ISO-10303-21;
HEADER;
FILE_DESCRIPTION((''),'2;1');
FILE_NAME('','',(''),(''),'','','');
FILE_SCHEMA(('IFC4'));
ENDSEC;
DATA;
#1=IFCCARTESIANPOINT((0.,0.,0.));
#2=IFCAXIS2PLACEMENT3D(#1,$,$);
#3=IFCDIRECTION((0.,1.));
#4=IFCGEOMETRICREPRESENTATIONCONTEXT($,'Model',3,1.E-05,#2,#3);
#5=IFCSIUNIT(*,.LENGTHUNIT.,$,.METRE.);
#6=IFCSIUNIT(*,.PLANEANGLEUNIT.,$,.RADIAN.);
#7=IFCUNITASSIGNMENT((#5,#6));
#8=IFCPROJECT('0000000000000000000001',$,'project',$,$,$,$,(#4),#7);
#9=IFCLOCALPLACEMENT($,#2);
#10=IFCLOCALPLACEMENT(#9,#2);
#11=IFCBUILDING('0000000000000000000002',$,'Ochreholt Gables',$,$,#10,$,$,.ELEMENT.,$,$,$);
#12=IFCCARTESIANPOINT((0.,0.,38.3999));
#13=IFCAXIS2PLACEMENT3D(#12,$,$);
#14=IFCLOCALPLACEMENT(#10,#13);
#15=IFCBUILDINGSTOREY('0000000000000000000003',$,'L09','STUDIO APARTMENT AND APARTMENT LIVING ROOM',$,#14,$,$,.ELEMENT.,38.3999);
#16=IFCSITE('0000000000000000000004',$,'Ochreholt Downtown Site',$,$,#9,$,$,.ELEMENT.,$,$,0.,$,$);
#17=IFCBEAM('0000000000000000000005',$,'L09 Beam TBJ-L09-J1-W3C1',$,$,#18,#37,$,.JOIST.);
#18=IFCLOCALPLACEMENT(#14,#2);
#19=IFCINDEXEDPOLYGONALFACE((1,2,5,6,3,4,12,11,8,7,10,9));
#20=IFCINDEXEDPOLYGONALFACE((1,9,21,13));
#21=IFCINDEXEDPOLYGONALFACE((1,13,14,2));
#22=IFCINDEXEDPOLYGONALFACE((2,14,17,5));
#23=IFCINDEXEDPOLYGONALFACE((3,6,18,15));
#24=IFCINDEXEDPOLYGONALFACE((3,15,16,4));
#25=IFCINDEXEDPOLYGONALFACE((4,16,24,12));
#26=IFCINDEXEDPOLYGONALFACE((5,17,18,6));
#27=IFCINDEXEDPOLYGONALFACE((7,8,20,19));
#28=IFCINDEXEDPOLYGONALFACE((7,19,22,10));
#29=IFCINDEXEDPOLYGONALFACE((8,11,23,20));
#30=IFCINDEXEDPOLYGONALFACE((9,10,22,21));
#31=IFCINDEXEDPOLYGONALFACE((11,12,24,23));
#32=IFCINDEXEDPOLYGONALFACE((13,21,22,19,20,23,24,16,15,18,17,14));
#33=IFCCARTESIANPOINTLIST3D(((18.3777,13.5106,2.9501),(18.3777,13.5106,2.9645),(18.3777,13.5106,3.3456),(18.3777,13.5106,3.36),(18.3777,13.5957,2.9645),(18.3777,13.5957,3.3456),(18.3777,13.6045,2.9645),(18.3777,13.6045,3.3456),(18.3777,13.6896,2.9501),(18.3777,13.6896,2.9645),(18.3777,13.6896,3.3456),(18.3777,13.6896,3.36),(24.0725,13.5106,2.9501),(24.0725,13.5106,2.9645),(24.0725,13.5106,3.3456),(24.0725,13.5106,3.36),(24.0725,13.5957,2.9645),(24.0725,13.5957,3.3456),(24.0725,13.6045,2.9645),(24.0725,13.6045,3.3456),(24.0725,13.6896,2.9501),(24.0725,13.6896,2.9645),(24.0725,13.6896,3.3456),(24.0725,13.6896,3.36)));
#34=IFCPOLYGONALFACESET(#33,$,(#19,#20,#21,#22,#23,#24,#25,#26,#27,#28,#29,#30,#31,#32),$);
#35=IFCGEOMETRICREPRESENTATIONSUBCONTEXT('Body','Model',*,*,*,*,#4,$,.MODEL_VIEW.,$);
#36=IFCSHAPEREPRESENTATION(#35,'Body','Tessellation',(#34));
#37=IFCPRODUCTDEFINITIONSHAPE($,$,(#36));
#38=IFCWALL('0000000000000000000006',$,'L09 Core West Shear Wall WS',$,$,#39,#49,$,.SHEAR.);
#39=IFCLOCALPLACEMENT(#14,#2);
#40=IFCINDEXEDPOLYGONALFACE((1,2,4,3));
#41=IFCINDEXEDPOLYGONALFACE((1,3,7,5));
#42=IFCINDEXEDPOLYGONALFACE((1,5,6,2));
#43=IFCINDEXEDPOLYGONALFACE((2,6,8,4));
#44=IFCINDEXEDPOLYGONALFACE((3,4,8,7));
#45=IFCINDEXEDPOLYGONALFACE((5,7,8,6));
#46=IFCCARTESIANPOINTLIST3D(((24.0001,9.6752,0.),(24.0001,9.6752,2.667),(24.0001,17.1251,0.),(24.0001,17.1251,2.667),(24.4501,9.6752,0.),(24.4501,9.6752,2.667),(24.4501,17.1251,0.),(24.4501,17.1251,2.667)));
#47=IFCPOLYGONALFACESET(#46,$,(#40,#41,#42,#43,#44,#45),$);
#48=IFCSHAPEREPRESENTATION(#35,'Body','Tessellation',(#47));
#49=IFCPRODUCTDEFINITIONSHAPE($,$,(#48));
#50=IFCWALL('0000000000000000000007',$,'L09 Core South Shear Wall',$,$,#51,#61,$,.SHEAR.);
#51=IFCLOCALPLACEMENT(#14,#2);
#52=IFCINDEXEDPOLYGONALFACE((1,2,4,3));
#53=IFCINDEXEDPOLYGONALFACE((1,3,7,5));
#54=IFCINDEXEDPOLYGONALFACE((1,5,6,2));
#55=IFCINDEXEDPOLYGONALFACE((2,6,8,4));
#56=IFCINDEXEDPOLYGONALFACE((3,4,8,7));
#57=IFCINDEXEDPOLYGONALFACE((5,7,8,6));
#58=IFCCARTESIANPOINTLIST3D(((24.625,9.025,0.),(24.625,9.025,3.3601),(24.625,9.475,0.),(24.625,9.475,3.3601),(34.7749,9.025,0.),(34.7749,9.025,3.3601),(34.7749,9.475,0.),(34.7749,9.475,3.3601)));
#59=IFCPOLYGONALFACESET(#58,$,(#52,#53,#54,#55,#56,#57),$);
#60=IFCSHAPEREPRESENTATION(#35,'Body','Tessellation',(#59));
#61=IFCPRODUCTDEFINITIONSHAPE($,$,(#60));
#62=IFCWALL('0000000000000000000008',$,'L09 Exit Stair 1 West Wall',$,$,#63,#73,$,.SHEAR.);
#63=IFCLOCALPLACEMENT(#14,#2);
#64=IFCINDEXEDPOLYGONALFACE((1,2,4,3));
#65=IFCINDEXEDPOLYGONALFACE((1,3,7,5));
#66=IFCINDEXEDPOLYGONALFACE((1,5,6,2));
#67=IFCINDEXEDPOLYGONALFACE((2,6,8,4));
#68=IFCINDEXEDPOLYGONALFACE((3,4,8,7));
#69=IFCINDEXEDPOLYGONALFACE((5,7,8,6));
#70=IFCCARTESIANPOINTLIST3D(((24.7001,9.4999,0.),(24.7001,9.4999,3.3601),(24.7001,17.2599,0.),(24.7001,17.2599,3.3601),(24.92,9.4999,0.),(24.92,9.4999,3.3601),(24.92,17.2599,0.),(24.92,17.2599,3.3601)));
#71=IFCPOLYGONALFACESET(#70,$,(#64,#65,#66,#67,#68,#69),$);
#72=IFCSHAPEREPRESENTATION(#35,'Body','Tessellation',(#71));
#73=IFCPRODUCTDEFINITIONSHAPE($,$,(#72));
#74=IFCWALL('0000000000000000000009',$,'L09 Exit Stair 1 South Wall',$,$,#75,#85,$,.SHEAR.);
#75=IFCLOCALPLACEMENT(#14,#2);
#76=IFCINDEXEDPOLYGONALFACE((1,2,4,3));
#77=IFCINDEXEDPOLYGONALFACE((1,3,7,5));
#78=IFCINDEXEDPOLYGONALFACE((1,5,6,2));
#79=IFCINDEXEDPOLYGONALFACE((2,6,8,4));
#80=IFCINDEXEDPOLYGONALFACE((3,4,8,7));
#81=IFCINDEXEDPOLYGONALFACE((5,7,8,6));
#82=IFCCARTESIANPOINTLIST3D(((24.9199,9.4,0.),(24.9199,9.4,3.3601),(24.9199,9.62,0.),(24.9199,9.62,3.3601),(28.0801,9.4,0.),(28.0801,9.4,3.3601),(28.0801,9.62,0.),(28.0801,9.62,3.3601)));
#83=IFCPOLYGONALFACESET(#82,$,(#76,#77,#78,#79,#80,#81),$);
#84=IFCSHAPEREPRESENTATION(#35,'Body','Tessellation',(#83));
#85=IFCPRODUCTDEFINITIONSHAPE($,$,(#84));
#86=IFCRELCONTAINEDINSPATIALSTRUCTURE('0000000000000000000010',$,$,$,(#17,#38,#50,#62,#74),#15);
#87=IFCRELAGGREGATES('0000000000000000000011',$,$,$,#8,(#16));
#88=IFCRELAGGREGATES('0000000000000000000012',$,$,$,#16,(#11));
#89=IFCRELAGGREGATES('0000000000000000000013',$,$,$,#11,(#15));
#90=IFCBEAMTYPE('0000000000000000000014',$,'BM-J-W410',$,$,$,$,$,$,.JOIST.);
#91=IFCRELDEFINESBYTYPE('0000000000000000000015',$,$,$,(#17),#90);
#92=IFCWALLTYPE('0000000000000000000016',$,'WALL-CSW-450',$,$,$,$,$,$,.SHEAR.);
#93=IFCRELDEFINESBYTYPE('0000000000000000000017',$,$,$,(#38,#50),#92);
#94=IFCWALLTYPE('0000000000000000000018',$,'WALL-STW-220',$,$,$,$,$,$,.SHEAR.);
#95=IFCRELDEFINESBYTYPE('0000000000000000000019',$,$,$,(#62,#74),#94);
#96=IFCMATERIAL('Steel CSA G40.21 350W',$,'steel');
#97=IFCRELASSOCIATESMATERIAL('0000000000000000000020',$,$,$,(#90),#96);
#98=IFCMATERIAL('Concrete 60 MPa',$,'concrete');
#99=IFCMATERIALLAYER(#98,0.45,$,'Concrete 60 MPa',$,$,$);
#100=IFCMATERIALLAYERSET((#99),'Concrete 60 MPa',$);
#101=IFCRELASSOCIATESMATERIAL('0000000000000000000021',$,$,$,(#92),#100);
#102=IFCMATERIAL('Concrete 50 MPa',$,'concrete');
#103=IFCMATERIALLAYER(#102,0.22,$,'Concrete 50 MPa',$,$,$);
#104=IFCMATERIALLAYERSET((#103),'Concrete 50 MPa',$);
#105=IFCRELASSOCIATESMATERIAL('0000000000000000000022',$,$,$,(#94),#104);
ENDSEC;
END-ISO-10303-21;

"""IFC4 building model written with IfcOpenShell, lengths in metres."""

from ifc_helpers import new_model, si_unit, direction, frame, frame_2d, origin, origin_2d, place, context, subcontext, project, spatial, rectangle, i_section, extrude, material, layer, layer_set, material_profile, profile_set, type_object, element, save


model = new_model("IFC4")

# Units and contexts
model_context = context("Model", 3, precision=1e-05, world=origin(), true_north=direction((0.0, 1.0)))
body_context = subcontext(model_context, "Body", "Model", "MODEL_VIEW")
ifc_project = project(units=[si_unit("LENGTHUNIT", "METRE"), si_unit("PLANEANGLEUNIT", "RADIAN")], contexts=[model_context])

# Site, building, storey
site_placement = place(None, origin())
site = spatial("IfcSite", under=ifc_project, at=site_placement, Name="Ochreholt Downtown Site", CompositionType="ELEMENT", RefElevation=0.0)
building_placement = place(site_placement, origin())
building = spatial("IfcBuilding", under=site, at=building_placement, Name="Ochreholt Gables", CompositionType="ELEMENT")
storey_placement = place(building_placement, frame((0.0, 0.0, 38.3999)))
storey = spatial("IfcBuildingStorey", under=building, at=storey_placement, Name="L09", Description="STUDIO APARTMENT AND APARTMENT LIVING ROOM", CompositionType="ELEMENT", Elevation=38.3999)

# Shared definitions
ifc_material_1 = material(Name="Concrete 60 MPa", Category="concrete")

# Beam
ifc_material_2 = material(Name="Steel CSA G40.21 350W", Category="steel")
ifc_material_profile_1 = material_profile(ifc_material_2, i_section(OverallWidth=0.179, OverallDepth=0.4099, WebThickness=0.0088, FlangeThickness=0.0144, at=origin_2d()), Name="W410X67")
ifc_profile_set_1 = profile_set([ifc_material_profile_1], Name="Steel CSA G40.21 350W")
beam_type_1 = type_object("IfcBeamType", Name="BM-J-W410", PredefinedType="JOIST", material=ifc_profile_set_1)
beam_1_placement = place(storey_placement, frame((18.3777, 13.6001, 3.155), z_axis=(1.0, 0.0, 0.0), x_axis=(0.0, 1.0, 0.0)))
element("IfcBeam", 1, at=beam_1_placement, inside=storey, type_object=beam_type_1, Name="L09 Beam TBJ-L09-J1-W3C1", PredefinedType="JOIST", context=body_context, shape_type="SweptSolid", body=[
    extrude(i_section(OverallWidth=0.179, OverallDepth=0.4099, WebThickness=0.0088, FlangeThickness=0.0144, at=origin_2d()), origin(), (0.0, 0.0, 1.0), 5.6948),
])

# Walls
ifc_layer_1 = layer(ifc_material_1, 0.45, Name="Concrete 60 MPa")
ifc_layer_set_1 = layer_set([ifc_layer_1], Name="Concrete 60 MPa")
wall_type_1 = type_object("IfcWallType", Name="WALL-CSW-450", PredefinedType="SHEAR", material=ifc_layer_set_1)
wall_1_placement = place(storey_placement, frame((24.2251, 9.675, 0.0), z_axis=(0.0, 0.0, 1.0), x_axis=(0.0, 1.0, 0.0)))
element("IfcWall", 2, at=wall_1_placement, inside=storey, type_object=wall_type_1, Name="L09 Core West Shear Wall WS", PredefinedType="SHEAR", context=body_context, shape_type="SweptSolid", body=[
    extrude(rectangle(XDim=7.45, YDim=0.45, at=frame_2d((3.7251, 0.0))), origin(), (0.0, 0.0, 1.0), 2.667),
])
wall_2_placement = place(storey_placement, frame((24.625, 9.25, 0.0), z_axis=(0.0, 0.0, 1.0), x_axis=(1.0, 0.0, 0.0)))
element("IfcWall", 3, at=wall_2_placement, inside=storey, type_object=wall_type_1, Name="L09 Core South Shear Wall", PredefinedType="SHEAR", context=body_context, shape_type="SweptSolid", body=[
    extrude(rectangle(XDim=10.1499, YDim=0.45, at=frame_2d((5.075, 0.0))), origin(), (0.0, 0.0, 1.0), 3.3601),
])
ifc_material_3 = material(Name="Concrete 50 MPa", Category="concrete")
ifc_layer_2 = layer(ifc_material_3, 0.22, Name="Concrete 50 MPa")
ifc_layer_set_2 = layer_set([ifc_layer_2], Name="Concrete 50 MPa")
wall_type_2 = type_object("IfcWallType", Name="WALL-STW-220", PredefinedType="SHEAR", material=ifc_layer_set_2)
wall_3_placement = place(storey_placement, frame((24.8101, 9.5, 0.0), z_axis=(0.0, 0.0, 1.0), x_axis=(0.0, 1.0, 0.0)))
element("IfcWall", 4, at=wall_3_placement, inside=storey, type_object=wall_type_2, Name="L09 Exit Stair 1 West Wall", PredefinedType="SHEAR", context=body_context, shape_type="SweptSolid", body=[
    extrude(rectangle(XDim=7.76, YDim=0.22, at=frame_2d((3.8799, 0.0))), origin(), (0.0, 0.0, 1.0), 3.3601),
])
wall_4_placement = place(storey_placement, frame((24.9199, 9.51, 0.0), z_axis=(0.0, 0.0, 1.0), x_axis=(1.0, 0.0, 0.0)))
element("IfcWall", 5, at=wall_4_placement, inside=storey, type_object=wall_type_2, Name="L09 Exit Stair 1 South Wall", PredefinedType="SHEAR", context=body_context, shape_type="SweptSolid", body=[
    extrude(rectangle(XDim=3.1602, YDim=0.22, at=frame_2d((1.5801, 0.0))), origin(), (0.0, 0.0, 1.0), 3.3601),
])

save(model, "model.ifc")
